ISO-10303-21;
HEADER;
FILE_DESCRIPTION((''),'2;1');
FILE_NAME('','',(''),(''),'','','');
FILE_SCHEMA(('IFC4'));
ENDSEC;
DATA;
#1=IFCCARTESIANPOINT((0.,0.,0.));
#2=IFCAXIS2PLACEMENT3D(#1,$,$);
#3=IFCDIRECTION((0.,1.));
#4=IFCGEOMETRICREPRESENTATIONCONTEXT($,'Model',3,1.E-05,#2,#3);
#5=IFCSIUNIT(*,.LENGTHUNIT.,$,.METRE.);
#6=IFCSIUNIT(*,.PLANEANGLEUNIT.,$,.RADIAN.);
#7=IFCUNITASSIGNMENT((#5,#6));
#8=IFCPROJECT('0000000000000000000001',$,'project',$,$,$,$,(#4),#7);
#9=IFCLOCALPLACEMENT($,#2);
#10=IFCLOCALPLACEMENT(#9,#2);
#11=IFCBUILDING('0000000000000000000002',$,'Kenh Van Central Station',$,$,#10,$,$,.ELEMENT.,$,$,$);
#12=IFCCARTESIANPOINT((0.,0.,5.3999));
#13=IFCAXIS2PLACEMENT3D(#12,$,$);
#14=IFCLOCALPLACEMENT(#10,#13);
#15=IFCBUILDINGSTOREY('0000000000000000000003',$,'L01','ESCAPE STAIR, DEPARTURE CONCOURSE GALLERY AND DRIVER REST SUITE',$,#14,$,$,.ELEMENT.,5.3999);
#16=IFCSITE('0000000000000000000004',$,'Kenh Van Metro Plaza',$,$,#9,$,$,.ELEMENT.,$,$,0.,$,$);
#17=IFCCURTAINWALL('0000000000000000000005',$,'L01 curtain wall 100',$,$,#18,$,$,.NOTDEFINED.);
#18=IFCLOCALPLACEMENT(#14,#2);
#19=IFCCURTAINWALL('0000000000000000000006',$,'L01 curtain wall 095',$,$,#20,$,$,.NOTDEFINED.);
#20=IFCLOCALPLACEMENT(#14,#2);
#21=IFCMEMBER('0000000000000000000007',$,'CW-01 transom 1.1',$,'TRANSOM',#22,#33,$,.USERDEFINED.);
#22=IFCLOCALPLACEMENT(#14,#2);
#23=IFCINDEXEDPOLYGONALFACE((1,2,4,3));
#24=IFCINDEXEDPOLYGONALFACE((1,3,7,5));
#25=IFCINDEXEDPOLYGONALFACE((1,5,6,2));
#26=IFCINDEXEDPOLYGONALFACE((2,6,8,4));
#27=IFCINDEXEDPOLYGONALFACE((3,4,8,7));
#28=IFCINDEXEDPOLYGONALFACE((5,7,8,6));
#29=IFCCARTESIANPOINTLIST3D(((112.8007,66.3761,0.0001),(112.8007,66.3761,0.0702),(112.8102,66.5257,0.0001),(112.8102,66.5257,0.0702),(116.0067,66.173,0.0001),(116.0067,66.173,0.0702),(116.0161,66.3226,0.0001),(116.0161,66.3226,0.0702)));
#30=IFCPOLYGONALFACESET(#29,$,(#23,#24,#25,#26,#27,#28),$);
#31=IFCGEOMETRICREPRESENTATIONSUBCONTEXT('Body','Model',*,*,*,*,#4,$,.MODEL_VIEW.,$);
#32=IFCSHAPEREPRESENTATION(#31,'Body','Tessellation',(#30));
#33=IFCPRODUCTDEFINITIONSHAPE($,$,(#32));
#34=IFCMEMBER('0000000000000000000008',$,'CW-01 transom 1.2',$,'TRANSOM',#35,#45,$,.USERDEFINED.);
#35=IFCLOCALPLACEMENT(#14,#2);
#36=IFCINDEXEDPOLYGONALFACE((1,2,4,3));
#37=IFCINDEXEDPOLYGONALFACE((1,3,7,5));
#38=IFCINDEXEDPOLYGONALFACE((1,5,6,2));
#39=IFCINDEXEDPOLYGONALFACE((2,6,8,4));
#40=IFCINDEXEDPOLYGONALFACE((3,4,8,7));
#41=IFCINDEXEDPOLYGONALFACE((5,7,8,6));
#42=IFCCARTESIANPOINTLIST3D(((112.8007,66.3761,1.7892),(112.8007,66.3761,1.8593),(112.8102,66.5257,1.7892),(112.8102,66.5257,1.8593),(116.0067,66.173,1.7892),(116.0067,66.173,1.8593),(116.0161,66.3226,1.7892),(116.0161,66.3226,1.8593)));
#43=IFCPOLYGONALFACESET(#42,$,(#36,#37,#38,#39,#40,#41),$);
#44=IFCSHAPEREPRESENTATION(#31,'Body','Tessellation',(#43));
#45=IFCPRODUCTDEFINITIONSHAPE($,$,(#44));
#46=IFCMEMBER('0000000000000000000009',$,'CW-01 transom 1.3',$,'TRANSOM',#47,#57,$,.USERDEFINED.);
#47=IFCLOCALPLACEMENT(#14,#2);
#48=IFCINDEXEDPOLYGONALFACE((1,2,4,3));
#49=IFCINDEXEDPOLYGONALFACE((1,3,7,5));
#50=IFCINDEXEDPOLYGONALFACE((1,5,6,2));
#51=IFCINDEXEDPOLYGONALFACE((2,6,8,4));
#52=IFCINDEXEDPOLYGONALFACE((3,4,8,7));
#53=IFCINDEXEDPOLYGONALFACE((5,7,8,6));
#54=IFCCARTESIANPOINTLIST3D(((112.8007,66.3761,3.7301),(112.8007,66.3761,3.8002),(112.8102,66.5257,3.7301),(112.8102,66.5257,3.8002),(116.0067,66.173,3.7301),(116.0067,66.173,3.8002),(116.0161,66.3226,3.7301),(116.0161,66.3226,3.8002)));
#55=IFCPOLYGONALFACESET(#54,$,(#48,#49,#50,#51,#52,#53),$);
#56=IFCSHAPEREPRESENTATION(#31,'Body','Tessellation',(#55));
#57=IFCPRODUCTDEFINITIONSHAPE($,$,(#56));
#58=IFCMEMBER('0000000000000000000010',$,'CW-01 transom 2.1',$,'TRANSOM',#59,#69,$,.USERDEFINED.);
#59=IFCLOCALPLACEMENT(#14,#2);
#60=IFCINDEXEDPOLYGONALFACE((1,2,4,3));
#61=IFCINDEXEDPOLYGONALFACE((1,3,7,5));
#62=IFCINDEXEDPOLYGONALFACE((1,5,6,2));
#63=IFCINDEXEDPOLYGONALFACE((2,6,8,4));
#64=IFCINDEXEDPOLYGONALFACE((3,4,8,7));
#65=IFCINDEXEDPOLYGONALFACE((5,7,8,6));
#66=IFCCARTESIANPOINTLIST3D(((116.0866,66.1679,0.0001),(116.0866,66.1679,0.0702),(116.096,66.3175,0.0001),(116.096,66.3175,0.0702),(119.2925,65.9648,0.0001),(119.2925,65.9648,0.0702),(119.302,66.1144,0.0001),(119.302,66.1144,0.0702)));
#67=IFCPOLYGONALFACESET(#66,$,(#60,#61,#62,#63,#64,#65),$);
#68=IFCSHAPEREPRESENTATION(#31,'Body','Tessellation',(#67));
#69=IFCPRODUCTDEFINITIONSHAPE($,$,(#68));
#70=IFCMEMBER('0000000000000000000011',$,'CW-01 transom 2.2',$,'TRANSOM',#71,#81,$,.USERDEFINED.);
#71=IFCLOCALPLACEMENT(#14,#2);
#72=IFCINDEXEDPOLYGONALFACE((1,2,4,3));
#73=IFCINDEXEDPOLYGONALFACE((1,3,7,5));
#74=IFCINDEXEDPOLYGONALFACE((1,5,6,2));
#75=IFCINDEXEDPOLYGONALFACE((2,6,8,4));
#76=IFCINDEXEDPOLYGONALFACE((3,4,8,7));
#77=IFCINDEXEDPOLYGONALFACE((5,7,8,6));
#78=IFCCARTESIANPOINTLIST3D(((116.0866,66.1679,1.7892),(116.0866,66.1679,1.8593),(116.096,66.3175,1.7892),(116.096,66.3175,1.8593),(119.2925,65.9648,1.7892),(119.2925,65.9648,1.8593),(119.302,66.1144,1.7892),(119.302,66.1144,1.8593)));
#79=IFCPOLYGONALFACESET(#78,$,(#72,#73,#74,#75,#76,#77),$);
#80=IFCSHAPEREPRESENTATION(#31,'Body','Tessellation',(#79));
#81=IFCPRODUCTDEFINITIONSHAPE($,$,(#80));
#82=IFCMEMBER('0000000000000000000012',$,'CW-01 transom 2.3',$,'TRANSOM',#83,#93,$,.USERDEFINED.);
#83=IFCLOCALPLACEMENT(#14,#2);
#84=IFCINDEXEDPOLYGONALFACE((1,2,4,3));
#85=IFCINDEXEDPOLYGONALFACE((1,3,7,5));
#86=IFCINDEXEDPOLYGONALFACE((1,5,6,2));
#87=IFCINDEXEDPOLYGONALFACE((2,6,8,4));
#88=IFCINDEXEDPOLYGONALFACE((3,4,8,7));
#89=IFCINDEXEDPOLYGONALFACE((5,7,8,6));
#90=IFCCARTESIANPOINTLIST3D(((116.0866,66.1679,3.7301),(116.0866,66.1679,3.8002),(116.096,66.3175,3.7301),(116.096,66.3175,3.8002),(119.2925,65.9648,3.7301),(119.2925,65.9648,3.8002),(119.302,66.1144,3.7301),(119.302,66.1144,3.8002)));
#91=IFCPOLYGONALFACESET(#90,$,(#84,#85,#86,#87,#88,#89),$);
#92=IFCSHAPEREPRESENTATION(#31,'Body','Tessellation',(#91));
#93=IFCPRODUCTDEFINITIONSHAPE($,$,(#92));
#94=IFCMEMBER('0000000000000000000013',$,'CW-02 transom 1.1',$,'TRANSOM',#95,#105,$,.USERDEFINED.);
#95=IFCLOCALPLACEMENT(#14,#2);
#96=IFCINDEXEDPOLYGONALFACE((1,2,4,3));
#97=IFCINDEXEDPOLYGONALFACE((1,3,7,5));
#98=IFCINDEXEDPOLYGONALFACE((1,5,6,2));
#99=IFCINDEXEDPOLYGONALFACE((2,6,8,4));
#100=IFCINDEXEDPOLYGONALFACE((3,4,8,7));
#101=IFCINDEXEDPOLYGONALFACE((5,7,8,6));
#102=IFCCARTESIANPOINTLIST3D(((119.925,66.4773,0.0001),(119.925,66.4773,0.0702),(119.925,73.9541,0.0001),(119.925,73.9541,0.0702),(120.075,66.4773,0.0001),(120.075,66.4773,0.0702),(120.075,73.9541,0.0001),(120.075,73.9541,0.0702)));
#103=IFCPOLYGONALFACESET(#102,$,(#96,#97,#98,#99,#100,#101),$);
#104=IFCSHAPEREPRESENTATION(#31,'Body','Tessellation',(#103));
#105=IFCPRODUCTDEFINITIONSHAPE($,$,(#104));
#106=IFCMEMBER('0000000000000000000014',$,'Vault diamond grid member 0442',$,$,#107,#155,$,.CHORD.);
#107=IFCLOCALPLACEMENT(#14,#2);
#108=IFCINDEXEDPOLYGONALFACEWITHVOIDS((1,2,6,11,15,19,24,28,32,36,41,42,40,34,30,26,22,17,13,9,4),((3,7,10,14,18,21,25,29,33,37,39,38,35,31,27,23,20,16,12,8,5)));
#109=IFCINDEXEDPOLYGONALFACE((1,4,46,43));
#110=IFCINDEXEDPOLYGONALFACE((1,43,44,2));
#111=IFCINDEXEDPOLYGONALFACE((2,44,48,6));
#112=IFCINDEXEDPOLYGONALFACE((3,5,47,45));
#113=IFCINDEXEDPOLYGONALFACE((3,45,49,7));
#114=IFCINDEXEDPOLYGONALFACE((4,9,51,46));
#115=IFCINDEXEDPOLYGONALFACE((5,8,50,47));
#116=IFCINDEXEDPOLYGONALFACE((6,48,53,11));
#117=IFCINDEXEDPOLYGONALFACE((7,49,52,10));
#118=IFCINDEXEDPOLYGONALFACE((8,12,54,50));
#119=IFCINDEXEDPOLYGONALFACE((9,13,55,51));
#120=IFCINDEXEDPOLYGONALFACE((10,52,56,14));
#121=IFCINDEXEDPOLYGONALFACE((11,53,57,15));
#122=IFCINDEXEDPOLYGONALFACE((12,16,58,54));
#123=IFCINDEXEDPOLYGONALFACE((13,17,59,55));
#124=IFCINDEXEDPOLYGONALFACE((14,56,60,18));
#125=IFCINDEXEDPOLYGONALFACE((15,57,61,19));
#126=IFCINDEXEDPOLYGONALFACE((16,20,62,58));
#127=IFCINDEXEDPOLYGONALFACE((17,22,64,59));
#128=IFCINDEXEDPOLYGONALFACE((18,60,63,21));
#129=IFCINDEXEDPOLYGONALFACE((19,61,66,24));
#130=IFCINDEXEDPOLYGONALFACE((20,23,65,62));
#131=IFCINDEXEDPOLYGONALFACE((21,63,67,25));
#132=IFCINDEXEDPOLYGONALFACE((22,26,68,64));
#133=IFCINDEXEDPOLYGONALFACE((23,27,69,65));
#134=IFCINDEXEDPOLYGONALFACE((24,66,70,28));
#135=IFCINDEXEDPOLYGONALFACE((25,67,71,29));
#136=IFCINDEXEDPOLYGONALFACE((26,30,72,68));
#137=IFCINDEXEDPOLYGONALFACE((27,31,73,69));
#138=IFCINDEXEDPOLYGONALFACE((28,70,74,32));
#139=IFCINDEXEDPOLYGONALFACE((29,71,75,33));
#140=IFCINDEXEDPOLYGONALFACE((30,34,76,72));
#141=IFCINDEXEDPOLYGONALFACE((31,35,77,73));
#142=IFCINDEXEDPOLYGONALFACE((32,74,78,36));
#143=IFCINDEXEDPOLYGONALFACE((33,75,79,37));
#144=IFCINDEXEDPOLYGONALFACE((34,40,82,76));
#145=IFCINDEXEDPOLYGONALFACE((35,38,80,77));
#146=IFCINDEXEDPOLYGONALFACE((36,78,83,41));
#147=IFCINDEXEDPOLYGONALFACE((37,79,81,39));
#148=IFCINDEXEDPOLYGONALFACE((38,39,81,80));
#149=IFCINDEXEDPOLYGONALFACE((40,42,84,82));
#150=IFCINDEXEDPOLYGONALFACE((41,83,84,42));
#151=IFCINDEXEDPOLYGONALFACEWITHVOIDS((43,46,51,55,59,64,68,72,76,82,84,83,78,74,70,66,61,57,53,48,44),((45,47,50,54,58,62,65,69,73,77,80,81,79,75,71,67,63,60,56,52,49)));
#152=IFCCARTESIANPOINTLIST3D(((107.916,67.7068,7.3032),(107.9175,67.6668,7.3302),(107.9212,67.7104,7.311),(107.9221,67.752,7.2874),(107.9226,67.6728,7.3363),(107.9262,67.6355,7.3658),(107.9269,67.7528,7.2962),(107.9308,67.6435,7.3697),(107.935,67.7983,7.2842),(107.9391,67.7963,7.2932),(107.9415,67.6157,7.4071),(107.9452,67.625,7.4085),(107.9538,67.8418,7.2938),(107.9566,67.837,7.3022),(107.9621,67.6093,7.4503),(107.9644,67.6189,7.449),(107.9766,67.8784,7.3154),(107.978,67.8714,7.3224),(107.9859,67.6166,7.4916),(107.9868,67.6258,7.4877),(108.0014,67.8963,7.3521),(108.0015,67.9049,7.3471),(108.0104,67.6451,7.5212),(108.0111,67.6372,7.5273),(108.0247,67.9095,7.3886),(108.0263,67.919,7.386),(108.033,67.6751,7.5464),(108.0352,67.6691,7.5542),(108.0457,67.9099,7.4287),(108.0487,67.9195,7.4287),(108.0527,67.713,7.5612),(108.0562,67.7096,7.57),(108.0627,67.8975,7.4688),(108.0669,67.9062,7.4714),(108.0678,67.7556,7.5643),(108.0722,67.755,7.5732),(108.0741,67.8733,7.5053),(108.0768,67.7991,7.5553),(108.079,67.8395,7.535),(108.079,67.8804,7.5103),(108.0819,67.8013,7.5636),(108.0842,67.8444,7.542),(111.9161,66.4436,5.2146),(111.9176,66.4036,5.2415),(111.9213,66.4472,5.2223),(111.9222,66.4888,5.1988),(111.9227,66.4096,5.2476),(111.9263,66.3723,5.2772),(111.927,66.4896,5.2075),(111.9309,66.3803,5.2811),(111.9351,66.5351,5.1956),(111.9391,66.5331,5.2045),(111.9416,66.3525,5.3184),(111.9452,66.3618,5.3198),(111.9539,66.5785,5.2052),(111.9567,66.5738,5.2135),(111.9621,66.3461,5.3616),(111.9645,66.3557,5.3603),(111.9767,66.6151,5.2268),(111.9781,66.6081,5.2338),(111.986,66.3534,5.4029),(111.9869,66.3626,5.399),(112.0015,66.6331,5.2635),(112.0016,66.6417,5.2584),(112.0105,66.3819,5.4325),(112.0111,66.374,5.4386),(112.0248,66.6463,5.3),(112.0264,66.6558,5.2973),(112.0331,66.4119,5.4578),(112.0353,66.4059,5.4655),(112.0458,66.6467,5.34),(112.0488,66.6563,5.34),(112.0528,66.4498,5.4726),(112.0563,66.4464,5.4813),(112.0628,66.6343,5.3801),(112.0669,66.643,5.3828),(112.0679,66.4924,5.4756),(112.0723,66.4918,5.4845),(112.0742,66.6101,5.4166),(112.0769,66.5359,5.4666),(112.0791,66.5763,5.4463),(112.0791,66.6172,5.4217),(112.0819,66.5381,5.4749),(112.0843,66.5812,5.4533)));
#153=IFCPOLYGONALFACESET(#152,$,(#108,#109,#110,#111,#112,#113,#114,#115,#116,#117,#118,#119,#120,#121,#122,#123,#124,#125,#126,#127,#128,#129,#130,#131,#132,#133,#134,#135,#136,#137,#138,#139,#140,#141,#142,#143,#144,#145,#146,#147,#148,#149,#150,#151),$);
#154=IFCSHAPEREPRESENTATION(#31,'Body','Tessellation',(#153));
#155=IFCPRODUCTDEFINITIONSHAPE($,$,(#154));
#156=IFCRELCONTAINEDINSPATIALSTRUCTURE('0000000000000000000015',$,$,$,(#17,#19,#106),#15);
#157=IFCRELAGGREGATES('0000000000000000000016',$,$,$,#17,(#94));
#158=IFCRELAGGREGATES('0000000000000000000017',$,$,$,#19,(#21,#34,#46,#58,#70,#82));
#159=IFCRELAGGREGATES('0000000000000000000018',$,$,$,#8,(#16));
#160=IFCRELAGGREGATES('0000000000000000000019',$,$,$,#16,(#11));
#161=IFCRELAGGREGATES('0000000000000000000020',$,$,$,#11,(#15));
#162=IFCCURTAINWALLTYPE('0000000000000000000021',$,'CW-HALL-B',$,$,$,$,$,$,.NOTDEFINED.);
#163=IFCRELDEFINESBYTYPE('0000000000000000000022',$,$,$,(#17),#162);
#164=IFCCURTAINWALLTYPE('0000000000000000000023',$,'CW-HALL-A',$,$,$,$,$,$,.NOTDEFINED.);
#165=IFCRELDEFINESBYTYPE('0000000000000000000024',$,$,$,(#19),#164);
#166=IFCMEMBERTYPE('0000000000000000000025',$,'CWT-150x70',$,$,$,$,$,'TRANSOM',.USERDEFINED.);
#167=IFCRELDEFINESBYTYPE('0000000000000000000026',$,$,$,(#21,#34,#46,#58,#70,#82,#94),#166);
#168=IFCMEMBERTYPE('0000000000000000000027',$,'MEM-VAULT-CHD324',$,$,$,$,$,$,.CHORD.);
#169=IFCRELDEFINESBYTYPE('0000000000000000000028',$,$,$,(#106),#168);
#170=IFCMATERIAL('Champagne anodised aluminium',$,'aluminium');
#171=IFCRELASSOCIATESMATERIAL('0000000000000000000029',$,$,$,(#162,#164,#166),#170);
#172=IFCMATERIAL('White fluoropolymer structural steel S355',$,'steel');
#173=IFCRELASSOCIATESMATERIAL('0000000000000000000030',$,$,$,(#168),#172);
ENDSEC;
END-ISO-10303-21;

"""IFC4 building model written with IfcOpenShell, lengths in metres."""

from ifc_helpers import new_model, si_unit, direction, frame, origin, origin_2d, place, context, subcontext, project, spatial, rectangle, hollow_circle, extrude, material, material_profile, profile_set, type_object, element, aggregate, save


model = new_model("IFC4")

# Units and contexts
model_context = context("Model", 3, precision=1e-05, world=origin(), true_north=direction((0.0, 1.0)))
body_context = subcontext(model_context, "Body", "Model", "MODEL_VIEW")
ifc_project = project(units=[si_unit("LENGTHUNIT", "METRE"), si_unit("PLANEANGLEUNIT", "RADIAN")], contexts=[model_context])

# Site, building, storey
site_placement = place(None, origin())
site = spatial("IfcSite", under=ifc_project, at=site_placement, Name="Kenh Van Metro Plaza", CompositionType="ELEMENT", RefElevation=0.0)
building_placement = place(site_placement, origin())
building = spatial("IfcBuilding", under=site, at=building_placement, Name="Kenh Van Central Station", CompositionType="ELEMENT")
storey_placement = place(building_placement, frame((0.0, 0.0, 5.3999)))
storey = spatial("IfcBuildingStorey", under=building, at=storey_placement, Name="L01", Description="ESCAPE STAIR, DEPARTURE CONCOURSE GALLERY AND DRIVER REST SUITE", CompositionType="ELEMENT", Elevation=5.3999)

# Shared definitions
ifc_material_1 = material(Name="White fluoropolymer structural steel S355", Category="steel")

# Curtain wall
ifc_material_2 = material(Name="Champagne anodised aluminium", Category="aluminium")
curtain_wall_type_1 = type_object("IfcCurtainWallType", Name="CW-HALL-B", PredefinedType="NOTDEFINED", material=ifc_material_2)
curtain_wall_1_placement = place(storey_placement, origin())
curtain_wall_1 = element("IfcCurtainWall", 1, at=curtain_wall_1_placement, inside=storey, type_object=curtain_wall_type_1, Name="L01 curtain wall 100", PredefinedType="NOTDEFINED")

# Curtain wall
curtain_wall_type_2 = type_object("IfcCurtainWallType", Name="CW-HALL-A", PredefinedType="NOTDEFINED", material=ifc_material_2)
curtain_wall_2_placement = place(storey_placement, origin())
curtain_wall_2 = element("IfcCurtainWall", 2, at=curtain_wall_2_placement, inside=storey, type_object=curtain_wall_type_2, Name="L01 curtain wall 095", PredefinedType="NOTDEFINED")

# Members
ifc_material_profile_1 = material_profile(ifc_material_2, rectangle(XDim=0.1499, YDim=0.0701, at=origin_2d()), Name="AL 150x70")
ifc_profile_set_1 = profile_set([ifc_material_profile_1], Name="Champagne anodised aluminium")
member_type_1 = type_object("IfcMemberType", Name="CWT-150x70", ElementType="TRANSOM", PredefinedType="USERDEFINED", material=ifc_profile_set_1)
member_1_placement = place(storey_placement, frame((112.8054, 66.4509, 0.0352), z_axis=(0.997999, -0.06323, 0.0), x_axis=(0.06323, 0.997999, 0.0)))
member_1 = element("IfcMember", 3, at=member_1_placement, type_object=member_type_1, Name="CW-01 transom 1.1", ObjectType="TRANSOM", PredefinedType="USERDEFINED", context=body_context, shape_type="SweptSolid", body=[
    extrude(rectangle(XDim=0.1499, YDim=0.0701, at=origin_2d()), origin(), (0.0, 0.0, 1.0), 3.2124),
])
member_2_placement = place(storey_placement, frame((112.8054, 66.4509, 1.8242), z_axis=(0.997999, -0.06323, 0.0), x_axis=(0.06323, 0.997999, 0.0)))
member_2 = element("IfcMember", 4, at=member_2_placement, type_object=member_type_1, Name="CW-01 transom 1.2", ObjectType="TRANSOM", PredefinedType="USERDEFINED", context=body_context, shape_type="SweptSolid", body=[
    extrude(rectangle(XDim=0.1499, YDim=0.0701, at=origin_2d()), origin(), (0.0, 0.0, 1.0), 3.2124),
])
member_3_placement = place(storey_placement, frame((112.8054, 66.4509, 3.7651), z_axis=(0.997999, -0.06323, 0.0), x_axis=(0.06323, 0.997999, 0.0)))
member_3 = element("IfcMember", 5, at=member_3_placement, type_object=member_type_1, Name="CW-01 transom 1.3", ObjectType="TRANSOM", PredefinedType="USERDEFINED", context=body_context, shape_type="SweptSolid", body=[
    extrude(rectangle(XDim=0.1499, YDim=0.0701, at=origin_2d()), origin(), (0.0, 0.0, 1.0), 3.2124),
])
member_4_placement = place(storey_placement, frame((116.0913, 66.2427, 0.0352), z_axis=(0.997999, -0.06323, 0.0), x_axis=(0.06323, 0.997999, 0.0)))
member_4 = element("IfcMember", 6, at=member_4_placement, type_object=member_type_1, Name="CW-01 transom 2.1", ObjectType="TRANSOM", PredefinedType="USERDEFINED", context=body_context, shape_type="SweptSolid", body=[
    extrude(rectangle(XDim=0.1499, YDim=0.0701, at=origin_2d()), origin(), (0.0, 0.0, 1.0), 3.2124),
])
member_5_placement = place(storey_placement, frame((116.0913, 66.2427, 1.8242), z_axis=(0.997999, -0.06323, 0.0), x_axis=(0.06323, 0.997999, 0.0)))
member_5 = element("IfcMember", 7, at=member_5_placement, type_object=member_type_1, Name="CW-01 transom 2.2", ObjectType="TRANSOM", PredefinedType="USERDEFINED", context=body_context, shape_type="SweptSolid", body=[
    extrude(rectangle(XDim=0.1499, YDim=0.0701, at=origin_2d()), origin(), (0.0, 0.0, 1.0), 3.2124),
])
member_6_placement = place(storey_placement, frame((116.0913, 66.2427, 3.7651), z_axis=(0.997999, -0.06323, 0.0), x_axis=(0.06323, 0.997999, 0.0)))
member_6 = element("IfcMember", 8, at=member_6_placement, type_object=member_type_1, Name="CW-01 transom 2.3", ObjectType="TRANSOM", PredefinedType="USERDEFINED", context=body_context, shape_type="SweptSolid", body=[
    extrude(rectangle(XDim=0.1499, YDim=0.0701, at=origin_2d()), origin(), (0.0, 0.0, 1.0), 3.2124),
])
member_7_placement = place(storey_placement, frame((120.0, 66.4773, 0.0352), z_axis=(0.0, 1.0, 0.0), x_axis=(-1.0, 0.0, 0.0)))
member_7 = element("IfcMember", 9, at=member_7_placement, type_object=member_type_1, Name="CW-02 transom 1.1", ObjectType="TRANSOM", PredefinedType="USERDEFINED", context=body_context, shape_type="SweptSolid", body=[
    extrude(rectangle(XDim=0.1499, YDim=0.0701, at=origin_2d()), origin(), (0.0, 0.0, 1.0), 7.4768),
])
aggregate(curtain_wall_1, [member_7])

# Member
ifc_material_profile_2 = material_profile(ifc_material_1, hollow_circle(Radius=0.1619, WallThickness=0.01, at=origin_2d()), Name="CHS 323.9x10")
ifc_profile_set_2 = profile_set([ifc_material_profile_2], Name="White fluoropolymer structural steel S355")
member_type_2 = type_object("IfcMemberType", Name="MEM-VAULT-CHD324", PredefinedType="CHORD", material=ifc_profile_set_2)
member_8_placement = place(storey_placement, frame((108.0, 67.7651, 7.4287), z_axis=(0.853618, -0.269569, -0.445722), x_axis=(0.301137, 0.953581, 0.0)))
element("IfcMember", 10, at=member_8_placement, inside=storey, type_object=member_type_2, Name="Vault diamond grid member 0442", PredefinedType="CHORD", context=body_context, shape_type="SweptSolid", body=[
    extrude(hollow_circle(Radius=0.1619, WallThickness=0.01, at=origin_2d()), origin(), (0.0, 0.0, 1.0), 4.686),
])

aggregate(curtain_wall_2, [member_1, member_2, member_3, member_4, member_5, member_6])

save(model, "model.ifc")
